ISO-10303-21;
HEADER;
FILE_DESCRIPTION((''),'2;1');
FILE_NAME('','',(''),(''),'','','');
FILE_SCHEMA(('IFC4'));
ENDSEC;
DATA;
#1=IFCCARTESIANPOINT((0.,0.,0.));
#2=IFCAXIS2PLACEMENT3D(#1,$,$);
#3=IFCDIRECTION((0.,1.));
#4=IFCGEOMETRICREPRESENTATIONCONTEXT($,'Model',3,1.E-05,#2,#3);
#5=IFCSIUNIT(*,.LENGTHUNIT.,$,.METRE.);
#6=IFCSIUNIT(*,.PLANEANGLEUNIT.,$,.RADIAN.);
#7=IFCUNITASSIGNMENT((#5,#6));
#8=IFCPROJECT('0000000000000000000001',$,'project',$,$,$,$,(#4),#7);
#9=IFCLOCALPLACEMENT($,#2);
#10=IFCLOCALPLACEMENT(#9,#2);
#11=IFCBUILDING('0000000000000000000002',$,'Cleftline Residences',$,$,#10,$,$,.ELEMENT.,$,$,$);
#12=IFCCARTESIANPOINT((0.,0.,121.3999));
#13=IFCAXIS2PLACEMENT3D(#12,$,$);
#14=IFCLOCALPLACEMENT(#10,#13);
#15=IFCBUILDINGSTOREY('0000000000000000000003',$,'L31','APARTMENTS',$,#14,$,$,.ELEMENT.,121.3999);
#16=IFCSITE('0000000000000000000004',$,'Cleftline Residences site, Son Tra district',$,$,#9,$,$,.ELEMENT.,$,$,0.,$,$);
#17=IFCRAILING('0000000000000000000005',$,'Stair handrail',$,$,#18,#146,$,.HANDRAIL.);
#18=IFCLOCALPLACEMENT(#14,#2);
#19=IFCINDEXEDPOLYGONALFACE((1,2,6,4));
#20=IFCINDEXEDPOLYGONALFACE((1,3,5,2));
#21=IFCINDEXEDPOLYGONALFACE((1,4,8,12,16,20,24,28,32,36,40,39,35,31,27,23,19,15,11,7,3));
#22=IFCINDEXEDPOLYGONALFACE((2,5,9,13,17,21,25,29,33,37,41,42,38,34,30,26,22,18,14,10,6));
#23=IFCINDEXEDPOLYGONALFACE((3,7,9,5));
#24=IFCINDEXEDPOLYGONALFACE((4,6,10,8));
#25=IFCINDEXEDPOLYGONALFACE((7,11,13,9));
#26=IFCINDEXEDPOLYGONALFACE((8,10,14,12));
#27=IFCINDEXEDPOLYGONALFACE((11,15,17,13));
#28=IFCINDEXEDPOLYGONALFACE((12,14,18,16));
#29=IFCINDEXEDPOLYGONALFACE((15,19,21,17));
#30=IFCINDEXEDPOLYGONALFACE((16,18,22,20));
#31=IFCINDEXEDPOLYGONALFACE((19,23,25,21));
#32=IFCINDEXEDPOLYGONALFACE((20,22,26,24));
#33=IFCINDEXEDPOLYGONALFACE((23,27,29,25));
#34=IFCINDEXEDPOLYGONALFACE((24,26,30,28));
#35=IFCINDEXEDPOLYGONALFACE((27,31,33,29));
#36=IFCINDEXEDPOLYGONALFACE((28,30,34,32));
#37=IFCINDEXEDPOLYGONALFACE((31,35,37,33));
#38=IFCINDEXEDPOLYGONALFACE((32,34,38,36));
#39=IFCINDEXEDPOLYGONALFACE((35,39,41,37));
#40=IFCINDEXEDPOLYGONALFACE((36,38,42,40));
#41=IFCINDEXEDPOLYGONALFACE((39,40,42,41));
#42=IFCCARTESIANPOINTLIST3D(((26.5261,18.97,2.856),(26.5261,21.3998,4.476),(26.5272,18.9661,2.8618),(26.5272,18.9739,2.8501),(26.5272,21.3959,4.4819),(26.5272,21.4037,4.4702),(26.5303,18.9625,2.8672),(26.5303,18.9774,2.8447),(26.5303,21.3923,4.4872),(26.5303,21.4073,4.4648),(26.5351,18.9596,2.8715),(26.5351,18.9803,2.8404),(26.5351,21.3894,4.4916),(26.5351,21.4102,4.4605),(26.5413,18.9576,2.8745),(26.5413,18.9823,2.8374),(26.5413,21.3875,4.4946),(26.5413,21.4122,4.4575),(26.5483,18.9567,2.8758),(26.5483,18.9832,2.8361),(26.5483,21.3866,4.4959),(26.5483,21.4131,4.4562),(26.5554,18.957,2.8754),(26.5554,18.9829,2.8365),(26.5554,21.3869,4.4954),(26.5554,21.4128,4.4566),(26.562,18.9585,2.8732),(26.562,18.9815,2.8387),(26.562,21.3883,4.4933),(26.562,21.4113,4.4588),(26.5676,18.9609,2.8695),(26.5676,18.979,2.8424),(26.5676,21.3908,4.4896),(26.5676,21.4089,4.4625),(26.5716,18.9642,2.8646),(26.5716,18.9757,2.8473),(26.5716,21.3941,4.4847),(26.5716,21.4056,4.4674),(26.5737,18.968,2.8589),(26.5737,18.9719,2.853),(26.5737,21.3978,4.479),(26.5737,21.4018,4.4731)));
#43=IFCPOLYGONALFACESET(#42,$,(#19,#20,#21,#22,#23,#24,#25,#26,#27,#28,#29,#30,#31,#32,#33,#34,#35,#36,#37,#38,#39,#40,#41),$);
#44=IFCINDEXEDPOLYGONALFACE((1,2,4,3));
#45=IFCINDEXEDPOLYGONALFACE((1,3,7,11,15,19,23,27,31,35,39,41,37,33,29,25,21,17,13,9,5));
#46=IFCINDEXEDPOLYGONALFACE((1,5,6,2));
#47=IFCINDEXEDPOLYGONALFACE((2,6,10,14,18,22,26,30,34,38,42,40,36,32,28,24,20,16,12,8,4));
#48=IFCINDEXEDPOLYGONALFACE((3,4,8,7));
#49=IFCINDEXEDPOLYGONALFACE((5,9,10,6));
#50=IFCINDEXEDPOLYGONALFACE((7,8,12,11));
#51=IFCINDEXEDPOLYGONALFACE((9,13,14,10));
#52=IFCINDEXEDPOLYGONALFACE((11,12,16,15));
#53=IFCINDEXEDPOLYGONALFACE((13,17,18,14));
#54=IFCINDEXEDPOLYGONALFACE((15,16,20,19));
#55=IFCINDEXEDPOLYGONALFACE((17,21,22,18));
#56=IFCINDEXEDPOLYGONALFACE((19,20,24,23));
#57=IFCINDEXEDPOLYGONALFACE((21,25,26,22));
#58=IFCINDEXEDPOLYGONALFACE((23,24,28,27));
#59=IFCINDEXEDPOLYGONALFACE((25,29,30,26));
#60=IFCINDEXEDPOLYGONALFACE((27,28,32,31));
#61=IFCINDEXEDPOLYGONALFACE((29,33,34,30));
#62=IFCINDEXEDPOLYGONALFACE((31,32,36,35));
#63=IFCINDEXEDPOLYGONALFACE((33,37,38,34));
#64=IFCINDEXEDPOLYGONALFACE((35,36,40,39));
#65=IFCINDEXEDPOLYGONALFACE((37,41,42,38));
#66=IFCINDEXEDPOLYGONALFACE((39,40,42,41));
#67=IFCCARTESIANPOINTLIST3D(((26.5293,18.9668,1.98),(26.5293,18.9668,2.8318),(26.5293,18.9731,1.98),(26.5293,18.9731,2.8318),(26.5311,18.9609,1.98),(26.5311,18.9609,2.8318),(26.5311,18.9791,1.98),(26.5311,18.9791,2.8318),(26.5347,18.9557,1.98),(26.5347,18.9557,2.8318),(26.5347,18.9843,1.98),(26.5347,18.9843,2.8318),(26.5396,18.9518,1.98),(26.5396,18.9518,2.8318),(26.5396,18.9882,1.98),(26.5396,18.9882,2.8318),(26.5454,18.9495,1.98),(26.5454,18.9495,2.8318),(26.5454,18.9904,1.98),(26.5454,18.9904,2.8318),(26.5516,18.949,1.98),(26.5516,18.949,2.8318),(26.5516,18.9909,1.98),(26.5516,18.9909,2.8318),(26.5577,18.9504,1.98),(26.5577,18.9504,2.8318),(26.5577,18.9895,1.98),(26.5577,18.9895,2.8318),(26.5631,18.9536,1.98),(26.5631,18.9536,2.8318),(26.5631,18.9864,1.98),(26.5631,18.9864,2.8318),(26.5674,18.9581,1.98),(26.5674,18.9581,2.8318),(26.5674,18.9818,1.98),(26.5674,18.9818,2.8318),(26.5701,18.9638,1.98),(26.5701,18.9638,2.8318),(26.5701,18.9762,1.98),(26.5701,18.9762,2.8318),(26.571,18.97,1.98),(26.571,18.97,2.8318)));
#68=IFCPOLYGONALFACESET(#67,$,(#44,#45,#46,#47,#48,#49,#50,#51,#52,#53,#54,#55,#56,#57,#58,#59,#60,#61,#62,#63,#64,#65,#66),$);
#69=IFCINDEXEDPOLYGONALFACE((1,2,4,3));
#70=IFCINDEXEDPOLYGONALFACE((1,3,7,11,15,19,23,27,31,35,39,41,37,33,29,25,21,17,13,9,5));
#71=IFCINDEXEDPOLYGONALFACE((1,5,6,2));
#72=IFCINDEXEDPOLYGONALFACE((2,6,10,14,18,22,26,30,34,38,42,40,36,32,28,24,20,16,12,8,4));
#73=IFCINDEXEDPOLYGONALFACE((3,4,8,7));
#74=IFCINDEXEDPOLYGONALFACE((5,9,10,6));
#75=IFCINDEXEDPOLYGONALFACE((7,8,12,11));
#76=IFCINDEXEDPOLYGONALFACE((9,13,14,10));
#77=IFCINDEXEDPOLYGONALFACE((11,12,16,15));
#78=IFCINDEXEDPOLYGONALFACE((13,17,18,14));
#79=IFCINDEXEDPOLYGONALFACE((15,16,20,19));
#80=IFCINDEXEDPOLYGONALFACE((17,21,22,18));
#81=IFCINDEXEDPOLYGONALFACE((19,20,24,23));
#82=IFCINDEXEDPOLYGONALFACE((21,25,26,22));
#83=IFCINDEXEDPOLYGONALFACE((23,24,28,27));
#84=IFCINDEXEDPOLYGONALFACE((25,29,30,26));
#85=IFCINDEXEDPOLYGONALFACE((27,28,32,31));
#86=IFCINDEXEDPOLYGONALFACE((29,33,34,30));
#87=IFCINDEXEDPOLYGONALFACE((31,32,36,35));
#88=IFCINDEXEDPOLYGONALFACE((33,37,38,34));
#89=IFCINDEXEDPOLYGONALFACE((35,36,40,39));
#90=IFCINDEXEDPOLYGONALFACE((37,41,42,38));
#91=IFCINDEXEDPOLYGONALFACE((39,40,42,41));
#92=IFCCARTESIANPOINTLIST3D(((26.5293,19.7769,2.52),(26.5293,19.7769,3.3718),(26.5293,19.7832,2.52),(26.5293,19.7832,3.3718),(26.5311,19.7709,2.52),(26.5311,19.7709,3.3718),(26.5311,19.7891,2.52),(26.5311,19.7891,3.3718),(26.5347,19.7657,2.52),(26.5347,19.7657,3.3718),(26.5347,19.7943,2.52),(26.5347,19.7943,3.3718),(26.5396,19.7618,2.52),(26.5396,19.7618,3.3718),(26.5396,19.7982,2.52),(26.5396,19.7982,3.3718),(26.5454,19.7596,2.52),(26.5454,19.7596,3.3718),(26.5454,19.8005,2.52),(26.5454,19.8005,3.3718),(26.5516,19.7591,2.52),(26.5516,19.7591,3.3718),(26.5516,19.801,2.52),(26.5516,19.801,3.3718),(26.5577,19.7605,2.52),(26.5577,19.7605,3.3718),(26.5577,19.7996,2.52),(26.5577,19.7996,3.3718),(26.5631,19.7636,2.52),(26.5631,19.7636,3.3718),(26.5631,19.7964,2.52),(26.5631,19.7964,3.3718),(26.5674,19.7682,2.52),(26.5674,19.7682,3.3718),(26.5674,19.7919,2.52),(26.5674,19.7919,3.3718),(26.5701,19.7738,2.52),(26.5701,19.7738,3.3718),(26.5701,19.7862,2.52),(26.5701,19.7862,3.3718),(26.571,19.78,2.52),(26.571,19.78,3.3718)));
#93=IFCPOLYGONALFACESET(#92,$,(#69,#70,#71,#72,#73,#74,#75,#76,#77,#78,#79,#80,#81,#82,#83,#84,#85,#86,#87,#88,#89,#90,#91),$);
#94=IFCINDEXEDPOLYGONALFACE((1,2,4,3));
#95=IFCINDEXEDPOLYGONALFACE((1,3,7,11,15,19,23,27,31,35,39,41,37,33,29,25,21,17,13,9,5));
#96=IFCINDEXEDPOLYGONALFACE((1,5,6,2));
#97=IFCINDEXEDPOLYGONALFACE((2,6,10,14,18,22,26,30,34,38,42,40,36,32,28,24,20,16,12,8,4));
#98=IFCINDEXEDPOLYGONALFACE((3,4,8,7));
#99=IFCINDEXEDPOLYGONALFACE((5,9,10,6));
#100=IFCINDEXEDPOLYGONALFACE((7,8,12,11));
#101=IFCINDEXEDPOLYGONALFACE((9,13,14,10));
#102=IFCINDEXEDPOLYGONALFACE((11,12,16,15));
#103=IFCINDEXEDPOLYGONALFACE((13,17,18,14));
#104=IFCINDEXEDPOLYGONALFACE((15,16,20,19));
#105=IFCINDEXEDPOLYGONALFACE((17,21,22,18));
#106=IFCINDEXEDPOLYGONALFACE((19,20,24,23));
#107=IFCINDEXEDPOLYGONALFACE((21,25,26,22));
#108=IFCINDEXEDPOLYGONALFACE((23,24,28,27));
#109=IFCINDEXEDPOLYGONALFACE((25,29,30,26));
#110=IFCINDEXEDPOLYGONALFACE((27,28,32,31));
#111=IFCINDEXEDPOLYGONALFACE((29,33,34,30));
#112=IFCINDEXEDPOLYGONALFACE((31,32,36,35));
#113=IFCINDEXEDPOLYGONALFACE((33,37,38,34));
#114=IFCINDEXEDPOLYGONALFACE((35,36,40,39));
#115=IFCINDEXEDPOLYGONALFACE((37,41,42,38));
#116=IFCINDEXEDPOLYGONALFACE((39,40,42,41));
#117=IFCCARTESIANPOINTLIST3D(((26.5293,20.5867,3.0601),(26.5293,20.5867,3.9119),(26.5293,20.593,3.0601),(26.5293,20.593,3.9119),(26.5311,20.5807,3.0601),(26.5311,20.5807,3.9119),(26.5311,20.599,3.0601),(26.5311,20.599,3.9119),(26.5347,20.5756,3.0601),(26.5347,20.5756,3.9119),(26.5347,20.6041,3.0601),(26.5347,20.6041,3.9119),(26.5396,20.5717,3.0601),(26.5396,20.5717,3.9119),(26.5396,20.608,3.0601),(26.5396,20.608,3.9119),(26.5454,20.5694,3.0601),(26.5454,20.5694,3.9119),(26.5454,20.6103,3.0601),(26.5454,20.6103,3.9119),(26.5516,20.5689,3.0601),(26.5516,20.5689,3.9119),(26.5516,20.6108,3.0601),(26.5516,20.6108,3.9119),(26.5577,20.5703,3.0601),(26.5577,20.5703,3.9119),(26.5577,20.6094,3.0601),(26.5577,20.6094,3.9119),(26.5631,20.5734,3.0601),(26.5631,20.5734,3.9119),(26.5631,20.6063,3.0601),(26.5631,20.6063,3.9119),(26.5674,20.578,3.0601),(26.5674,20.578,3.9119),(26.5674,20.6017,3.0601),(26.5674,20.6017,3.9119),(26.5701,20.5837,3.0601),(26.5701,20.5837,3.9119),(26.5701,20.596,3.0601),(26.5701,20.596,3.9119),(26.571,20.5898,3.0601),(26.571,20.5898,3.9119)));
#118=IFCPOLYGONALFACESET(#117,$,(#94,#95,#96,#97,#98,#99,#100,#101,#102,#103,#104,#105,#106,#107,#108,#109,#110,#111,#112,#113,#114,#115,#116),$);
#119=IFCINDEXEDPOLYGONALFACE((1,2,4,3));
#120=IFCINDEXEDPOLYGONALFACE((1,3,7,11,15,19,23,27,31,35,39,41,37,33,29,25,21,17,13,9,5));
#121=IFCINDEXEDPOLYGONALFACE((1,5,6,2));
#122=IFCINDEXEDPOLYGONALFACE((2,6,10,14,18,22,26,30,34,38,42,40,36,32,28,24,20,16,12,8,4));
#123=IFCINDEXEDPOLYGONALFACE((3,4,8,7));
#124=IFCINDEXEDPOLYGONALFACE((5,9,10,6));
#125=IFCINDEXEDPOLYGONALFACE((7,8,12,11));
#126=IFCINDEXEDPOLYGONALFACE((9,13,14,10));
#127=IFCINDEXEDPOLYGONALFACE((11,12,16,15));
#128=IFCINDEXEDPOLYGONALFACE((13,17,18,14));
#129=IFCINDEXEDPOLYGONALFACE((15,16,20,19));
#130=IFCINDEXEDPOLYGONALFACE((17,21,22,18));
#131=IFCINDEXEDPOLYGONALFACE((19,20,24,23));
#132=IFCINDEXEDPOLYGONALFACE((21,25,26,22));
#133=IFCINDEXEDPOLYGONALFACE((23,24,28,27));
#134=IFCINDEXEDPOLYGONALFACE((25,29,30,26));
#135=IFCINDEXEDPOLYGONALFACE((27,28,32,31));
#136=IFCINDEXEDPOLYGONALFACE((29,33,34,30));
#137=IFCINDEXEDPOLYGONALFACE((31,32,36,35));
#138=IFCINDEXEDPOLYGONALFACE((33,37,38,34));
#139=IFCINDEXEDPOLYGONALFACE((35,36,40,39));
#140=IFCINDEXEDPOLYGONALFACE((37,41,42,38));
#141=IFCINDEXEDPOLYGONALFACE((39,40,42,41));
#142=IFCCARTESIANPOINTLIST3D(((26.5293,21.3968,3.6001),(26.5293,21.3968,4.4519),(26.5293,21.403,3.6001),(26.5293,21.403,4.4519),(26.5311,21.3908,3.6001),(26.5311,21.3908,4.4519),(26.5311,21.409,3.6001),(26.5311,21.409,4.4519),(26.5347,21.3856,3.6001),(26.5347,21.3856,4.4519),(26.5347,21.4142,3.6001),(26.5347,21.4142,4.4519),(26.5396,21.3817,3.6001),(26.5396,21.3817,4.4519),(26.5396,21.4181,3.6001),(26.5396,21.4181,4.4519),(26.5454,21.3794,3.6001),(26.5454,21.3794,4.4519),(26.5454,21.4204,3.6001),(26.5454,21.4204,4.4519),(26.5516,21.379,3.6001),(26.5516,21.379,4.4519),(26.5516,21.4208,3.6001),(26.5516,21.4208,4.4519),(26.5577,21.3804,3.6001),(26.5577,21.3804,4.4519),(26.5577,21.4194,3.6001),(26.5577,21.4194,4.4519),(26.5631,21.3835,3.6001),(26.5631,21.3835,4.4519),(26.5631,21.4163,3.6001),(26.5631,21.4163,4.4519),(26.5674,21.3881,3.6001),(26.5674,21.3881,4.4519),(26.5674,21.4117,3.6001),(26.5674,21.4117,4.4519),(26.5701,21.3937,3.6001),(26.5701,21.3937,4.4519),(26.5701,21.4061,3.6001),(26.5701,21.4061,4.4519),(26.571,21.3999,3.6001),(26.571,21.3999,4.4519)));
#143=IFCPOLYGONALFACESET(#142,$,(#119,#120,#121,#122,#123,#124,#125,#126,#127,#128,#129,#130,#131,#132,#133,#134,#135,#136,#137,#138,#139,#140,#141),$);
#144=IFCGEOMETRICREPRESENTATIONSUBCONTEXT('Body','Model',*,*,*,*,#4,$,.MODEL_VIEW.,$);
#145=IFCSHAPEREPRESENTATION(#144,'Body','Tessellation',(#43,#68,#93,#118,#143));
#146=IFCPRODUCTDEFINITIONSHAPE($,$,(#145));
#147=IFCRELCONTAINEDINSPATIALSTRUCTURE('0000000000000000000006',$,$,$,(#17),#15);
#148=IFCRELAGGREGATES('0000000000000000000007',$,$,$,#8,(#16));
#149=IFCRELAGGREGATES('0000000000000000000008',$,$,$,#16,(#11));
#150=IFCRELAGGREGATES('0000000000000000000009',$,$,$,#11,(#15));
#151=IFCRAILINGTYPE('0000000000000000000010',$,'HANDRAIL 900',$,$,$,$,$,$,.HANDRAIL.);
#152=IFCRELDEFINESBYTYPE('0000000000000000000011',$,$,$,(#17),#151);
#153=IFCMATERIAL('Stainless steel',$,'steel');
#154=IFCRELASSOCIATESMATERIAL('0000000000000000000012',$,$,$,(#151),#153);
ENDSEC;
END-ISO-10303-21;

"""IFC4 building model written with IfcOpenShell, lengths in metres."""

from ifc_helpers import new_model, si_unit, direction, frame, origin, origin_2d, place, context, subcontext, project, spatial, circle, extrude, material, type_object, element, save


model = new_model("IFC4")

# Units and contexts
model_context = context("Model", 3, precision=1e-05, world=origin(), true_north=direction((0.0, 1.0)))
body_context = subcontext(model_context, "Body", "Model", "MODEL_VIEW")
ifc_project = project(units=[si_unit("LENGTHUNIT", "METRE"), si_unit("PLANEANGLEUNIT", "RADIAN")], contexts=[model_context])

# Site, building, storey
site_placement = place(None, origin())
site = spatial("IfcSite", under=ifc_project, at=site_placement, Name="Cleftline Residences site, Son Tra district", CompositionType="ELEMENT", RefElevation=0.0)
building_placement = place(site_placement, origin())
building = spatial("IfcBuilding", under=site, at=building_placement, Name="Cleftline Residences", CompositionType="ELEMENT")
storey_placement = place(building_placement, frame((0.0, 0.0, 121.3999)))
storey = spatial("IfcBuildingStorey", under=building, at=storey_placement, Name="L31", Description="APARTMENTS", CompositionType="ELEMENT", Elevation=121.3999)

# Railing
ifc_material_1 = material(Name="Stainless steel", Category="steel")
railing_type = type_object("IfcRailingType", Name="HANDRAIL 900", PredefinedType="HANDRAIL", material=ifc_material_1)
railing_1_placement = place(storey_placement, frame((26.55, 18.97, 1.98)))
element("IfcRailing", 1, at=railing_1_placement, inside=storey, type_object=railing_type, Name="Stair handrail", PredefinedType="HANDRAIL", context=body_context, shape_type="SweptSolid", body=[
    extrude(circle(Radius=0.0239, at=origin_2d()), frame((0.0, 0.0, 0.876), z_axis=(0.0, 0.832025, 0.554739), x_axis=(-1.0, 0.0, 0.0)), (0.0, 0.0, 1.0), 2.9204),
    extrude(circle(Radius=0.021, at=origin_2d()), origin(), (0.0, 0.0, 1.0), 0.8518),
    extrude(circle(Radius=0.021, at=origin_2d()), frame((0.0, 0.8101, 0.54)), (0.0, 0.0, 1.0), 0.8518),
    extrude(circle(Radius=0.021, at=origin_2d()), frame((0.0, 1.6199, 1.0801)), (0.0, 0.0, 1.0), 0.8518),
    extrude(circle(Radius=0.021, at=origin_2d()), frame((0.0, 2.4299, 1.6201)), (0.0, 0.0, 1.0), 0.8518),
])

save(model, "model.ifc")
